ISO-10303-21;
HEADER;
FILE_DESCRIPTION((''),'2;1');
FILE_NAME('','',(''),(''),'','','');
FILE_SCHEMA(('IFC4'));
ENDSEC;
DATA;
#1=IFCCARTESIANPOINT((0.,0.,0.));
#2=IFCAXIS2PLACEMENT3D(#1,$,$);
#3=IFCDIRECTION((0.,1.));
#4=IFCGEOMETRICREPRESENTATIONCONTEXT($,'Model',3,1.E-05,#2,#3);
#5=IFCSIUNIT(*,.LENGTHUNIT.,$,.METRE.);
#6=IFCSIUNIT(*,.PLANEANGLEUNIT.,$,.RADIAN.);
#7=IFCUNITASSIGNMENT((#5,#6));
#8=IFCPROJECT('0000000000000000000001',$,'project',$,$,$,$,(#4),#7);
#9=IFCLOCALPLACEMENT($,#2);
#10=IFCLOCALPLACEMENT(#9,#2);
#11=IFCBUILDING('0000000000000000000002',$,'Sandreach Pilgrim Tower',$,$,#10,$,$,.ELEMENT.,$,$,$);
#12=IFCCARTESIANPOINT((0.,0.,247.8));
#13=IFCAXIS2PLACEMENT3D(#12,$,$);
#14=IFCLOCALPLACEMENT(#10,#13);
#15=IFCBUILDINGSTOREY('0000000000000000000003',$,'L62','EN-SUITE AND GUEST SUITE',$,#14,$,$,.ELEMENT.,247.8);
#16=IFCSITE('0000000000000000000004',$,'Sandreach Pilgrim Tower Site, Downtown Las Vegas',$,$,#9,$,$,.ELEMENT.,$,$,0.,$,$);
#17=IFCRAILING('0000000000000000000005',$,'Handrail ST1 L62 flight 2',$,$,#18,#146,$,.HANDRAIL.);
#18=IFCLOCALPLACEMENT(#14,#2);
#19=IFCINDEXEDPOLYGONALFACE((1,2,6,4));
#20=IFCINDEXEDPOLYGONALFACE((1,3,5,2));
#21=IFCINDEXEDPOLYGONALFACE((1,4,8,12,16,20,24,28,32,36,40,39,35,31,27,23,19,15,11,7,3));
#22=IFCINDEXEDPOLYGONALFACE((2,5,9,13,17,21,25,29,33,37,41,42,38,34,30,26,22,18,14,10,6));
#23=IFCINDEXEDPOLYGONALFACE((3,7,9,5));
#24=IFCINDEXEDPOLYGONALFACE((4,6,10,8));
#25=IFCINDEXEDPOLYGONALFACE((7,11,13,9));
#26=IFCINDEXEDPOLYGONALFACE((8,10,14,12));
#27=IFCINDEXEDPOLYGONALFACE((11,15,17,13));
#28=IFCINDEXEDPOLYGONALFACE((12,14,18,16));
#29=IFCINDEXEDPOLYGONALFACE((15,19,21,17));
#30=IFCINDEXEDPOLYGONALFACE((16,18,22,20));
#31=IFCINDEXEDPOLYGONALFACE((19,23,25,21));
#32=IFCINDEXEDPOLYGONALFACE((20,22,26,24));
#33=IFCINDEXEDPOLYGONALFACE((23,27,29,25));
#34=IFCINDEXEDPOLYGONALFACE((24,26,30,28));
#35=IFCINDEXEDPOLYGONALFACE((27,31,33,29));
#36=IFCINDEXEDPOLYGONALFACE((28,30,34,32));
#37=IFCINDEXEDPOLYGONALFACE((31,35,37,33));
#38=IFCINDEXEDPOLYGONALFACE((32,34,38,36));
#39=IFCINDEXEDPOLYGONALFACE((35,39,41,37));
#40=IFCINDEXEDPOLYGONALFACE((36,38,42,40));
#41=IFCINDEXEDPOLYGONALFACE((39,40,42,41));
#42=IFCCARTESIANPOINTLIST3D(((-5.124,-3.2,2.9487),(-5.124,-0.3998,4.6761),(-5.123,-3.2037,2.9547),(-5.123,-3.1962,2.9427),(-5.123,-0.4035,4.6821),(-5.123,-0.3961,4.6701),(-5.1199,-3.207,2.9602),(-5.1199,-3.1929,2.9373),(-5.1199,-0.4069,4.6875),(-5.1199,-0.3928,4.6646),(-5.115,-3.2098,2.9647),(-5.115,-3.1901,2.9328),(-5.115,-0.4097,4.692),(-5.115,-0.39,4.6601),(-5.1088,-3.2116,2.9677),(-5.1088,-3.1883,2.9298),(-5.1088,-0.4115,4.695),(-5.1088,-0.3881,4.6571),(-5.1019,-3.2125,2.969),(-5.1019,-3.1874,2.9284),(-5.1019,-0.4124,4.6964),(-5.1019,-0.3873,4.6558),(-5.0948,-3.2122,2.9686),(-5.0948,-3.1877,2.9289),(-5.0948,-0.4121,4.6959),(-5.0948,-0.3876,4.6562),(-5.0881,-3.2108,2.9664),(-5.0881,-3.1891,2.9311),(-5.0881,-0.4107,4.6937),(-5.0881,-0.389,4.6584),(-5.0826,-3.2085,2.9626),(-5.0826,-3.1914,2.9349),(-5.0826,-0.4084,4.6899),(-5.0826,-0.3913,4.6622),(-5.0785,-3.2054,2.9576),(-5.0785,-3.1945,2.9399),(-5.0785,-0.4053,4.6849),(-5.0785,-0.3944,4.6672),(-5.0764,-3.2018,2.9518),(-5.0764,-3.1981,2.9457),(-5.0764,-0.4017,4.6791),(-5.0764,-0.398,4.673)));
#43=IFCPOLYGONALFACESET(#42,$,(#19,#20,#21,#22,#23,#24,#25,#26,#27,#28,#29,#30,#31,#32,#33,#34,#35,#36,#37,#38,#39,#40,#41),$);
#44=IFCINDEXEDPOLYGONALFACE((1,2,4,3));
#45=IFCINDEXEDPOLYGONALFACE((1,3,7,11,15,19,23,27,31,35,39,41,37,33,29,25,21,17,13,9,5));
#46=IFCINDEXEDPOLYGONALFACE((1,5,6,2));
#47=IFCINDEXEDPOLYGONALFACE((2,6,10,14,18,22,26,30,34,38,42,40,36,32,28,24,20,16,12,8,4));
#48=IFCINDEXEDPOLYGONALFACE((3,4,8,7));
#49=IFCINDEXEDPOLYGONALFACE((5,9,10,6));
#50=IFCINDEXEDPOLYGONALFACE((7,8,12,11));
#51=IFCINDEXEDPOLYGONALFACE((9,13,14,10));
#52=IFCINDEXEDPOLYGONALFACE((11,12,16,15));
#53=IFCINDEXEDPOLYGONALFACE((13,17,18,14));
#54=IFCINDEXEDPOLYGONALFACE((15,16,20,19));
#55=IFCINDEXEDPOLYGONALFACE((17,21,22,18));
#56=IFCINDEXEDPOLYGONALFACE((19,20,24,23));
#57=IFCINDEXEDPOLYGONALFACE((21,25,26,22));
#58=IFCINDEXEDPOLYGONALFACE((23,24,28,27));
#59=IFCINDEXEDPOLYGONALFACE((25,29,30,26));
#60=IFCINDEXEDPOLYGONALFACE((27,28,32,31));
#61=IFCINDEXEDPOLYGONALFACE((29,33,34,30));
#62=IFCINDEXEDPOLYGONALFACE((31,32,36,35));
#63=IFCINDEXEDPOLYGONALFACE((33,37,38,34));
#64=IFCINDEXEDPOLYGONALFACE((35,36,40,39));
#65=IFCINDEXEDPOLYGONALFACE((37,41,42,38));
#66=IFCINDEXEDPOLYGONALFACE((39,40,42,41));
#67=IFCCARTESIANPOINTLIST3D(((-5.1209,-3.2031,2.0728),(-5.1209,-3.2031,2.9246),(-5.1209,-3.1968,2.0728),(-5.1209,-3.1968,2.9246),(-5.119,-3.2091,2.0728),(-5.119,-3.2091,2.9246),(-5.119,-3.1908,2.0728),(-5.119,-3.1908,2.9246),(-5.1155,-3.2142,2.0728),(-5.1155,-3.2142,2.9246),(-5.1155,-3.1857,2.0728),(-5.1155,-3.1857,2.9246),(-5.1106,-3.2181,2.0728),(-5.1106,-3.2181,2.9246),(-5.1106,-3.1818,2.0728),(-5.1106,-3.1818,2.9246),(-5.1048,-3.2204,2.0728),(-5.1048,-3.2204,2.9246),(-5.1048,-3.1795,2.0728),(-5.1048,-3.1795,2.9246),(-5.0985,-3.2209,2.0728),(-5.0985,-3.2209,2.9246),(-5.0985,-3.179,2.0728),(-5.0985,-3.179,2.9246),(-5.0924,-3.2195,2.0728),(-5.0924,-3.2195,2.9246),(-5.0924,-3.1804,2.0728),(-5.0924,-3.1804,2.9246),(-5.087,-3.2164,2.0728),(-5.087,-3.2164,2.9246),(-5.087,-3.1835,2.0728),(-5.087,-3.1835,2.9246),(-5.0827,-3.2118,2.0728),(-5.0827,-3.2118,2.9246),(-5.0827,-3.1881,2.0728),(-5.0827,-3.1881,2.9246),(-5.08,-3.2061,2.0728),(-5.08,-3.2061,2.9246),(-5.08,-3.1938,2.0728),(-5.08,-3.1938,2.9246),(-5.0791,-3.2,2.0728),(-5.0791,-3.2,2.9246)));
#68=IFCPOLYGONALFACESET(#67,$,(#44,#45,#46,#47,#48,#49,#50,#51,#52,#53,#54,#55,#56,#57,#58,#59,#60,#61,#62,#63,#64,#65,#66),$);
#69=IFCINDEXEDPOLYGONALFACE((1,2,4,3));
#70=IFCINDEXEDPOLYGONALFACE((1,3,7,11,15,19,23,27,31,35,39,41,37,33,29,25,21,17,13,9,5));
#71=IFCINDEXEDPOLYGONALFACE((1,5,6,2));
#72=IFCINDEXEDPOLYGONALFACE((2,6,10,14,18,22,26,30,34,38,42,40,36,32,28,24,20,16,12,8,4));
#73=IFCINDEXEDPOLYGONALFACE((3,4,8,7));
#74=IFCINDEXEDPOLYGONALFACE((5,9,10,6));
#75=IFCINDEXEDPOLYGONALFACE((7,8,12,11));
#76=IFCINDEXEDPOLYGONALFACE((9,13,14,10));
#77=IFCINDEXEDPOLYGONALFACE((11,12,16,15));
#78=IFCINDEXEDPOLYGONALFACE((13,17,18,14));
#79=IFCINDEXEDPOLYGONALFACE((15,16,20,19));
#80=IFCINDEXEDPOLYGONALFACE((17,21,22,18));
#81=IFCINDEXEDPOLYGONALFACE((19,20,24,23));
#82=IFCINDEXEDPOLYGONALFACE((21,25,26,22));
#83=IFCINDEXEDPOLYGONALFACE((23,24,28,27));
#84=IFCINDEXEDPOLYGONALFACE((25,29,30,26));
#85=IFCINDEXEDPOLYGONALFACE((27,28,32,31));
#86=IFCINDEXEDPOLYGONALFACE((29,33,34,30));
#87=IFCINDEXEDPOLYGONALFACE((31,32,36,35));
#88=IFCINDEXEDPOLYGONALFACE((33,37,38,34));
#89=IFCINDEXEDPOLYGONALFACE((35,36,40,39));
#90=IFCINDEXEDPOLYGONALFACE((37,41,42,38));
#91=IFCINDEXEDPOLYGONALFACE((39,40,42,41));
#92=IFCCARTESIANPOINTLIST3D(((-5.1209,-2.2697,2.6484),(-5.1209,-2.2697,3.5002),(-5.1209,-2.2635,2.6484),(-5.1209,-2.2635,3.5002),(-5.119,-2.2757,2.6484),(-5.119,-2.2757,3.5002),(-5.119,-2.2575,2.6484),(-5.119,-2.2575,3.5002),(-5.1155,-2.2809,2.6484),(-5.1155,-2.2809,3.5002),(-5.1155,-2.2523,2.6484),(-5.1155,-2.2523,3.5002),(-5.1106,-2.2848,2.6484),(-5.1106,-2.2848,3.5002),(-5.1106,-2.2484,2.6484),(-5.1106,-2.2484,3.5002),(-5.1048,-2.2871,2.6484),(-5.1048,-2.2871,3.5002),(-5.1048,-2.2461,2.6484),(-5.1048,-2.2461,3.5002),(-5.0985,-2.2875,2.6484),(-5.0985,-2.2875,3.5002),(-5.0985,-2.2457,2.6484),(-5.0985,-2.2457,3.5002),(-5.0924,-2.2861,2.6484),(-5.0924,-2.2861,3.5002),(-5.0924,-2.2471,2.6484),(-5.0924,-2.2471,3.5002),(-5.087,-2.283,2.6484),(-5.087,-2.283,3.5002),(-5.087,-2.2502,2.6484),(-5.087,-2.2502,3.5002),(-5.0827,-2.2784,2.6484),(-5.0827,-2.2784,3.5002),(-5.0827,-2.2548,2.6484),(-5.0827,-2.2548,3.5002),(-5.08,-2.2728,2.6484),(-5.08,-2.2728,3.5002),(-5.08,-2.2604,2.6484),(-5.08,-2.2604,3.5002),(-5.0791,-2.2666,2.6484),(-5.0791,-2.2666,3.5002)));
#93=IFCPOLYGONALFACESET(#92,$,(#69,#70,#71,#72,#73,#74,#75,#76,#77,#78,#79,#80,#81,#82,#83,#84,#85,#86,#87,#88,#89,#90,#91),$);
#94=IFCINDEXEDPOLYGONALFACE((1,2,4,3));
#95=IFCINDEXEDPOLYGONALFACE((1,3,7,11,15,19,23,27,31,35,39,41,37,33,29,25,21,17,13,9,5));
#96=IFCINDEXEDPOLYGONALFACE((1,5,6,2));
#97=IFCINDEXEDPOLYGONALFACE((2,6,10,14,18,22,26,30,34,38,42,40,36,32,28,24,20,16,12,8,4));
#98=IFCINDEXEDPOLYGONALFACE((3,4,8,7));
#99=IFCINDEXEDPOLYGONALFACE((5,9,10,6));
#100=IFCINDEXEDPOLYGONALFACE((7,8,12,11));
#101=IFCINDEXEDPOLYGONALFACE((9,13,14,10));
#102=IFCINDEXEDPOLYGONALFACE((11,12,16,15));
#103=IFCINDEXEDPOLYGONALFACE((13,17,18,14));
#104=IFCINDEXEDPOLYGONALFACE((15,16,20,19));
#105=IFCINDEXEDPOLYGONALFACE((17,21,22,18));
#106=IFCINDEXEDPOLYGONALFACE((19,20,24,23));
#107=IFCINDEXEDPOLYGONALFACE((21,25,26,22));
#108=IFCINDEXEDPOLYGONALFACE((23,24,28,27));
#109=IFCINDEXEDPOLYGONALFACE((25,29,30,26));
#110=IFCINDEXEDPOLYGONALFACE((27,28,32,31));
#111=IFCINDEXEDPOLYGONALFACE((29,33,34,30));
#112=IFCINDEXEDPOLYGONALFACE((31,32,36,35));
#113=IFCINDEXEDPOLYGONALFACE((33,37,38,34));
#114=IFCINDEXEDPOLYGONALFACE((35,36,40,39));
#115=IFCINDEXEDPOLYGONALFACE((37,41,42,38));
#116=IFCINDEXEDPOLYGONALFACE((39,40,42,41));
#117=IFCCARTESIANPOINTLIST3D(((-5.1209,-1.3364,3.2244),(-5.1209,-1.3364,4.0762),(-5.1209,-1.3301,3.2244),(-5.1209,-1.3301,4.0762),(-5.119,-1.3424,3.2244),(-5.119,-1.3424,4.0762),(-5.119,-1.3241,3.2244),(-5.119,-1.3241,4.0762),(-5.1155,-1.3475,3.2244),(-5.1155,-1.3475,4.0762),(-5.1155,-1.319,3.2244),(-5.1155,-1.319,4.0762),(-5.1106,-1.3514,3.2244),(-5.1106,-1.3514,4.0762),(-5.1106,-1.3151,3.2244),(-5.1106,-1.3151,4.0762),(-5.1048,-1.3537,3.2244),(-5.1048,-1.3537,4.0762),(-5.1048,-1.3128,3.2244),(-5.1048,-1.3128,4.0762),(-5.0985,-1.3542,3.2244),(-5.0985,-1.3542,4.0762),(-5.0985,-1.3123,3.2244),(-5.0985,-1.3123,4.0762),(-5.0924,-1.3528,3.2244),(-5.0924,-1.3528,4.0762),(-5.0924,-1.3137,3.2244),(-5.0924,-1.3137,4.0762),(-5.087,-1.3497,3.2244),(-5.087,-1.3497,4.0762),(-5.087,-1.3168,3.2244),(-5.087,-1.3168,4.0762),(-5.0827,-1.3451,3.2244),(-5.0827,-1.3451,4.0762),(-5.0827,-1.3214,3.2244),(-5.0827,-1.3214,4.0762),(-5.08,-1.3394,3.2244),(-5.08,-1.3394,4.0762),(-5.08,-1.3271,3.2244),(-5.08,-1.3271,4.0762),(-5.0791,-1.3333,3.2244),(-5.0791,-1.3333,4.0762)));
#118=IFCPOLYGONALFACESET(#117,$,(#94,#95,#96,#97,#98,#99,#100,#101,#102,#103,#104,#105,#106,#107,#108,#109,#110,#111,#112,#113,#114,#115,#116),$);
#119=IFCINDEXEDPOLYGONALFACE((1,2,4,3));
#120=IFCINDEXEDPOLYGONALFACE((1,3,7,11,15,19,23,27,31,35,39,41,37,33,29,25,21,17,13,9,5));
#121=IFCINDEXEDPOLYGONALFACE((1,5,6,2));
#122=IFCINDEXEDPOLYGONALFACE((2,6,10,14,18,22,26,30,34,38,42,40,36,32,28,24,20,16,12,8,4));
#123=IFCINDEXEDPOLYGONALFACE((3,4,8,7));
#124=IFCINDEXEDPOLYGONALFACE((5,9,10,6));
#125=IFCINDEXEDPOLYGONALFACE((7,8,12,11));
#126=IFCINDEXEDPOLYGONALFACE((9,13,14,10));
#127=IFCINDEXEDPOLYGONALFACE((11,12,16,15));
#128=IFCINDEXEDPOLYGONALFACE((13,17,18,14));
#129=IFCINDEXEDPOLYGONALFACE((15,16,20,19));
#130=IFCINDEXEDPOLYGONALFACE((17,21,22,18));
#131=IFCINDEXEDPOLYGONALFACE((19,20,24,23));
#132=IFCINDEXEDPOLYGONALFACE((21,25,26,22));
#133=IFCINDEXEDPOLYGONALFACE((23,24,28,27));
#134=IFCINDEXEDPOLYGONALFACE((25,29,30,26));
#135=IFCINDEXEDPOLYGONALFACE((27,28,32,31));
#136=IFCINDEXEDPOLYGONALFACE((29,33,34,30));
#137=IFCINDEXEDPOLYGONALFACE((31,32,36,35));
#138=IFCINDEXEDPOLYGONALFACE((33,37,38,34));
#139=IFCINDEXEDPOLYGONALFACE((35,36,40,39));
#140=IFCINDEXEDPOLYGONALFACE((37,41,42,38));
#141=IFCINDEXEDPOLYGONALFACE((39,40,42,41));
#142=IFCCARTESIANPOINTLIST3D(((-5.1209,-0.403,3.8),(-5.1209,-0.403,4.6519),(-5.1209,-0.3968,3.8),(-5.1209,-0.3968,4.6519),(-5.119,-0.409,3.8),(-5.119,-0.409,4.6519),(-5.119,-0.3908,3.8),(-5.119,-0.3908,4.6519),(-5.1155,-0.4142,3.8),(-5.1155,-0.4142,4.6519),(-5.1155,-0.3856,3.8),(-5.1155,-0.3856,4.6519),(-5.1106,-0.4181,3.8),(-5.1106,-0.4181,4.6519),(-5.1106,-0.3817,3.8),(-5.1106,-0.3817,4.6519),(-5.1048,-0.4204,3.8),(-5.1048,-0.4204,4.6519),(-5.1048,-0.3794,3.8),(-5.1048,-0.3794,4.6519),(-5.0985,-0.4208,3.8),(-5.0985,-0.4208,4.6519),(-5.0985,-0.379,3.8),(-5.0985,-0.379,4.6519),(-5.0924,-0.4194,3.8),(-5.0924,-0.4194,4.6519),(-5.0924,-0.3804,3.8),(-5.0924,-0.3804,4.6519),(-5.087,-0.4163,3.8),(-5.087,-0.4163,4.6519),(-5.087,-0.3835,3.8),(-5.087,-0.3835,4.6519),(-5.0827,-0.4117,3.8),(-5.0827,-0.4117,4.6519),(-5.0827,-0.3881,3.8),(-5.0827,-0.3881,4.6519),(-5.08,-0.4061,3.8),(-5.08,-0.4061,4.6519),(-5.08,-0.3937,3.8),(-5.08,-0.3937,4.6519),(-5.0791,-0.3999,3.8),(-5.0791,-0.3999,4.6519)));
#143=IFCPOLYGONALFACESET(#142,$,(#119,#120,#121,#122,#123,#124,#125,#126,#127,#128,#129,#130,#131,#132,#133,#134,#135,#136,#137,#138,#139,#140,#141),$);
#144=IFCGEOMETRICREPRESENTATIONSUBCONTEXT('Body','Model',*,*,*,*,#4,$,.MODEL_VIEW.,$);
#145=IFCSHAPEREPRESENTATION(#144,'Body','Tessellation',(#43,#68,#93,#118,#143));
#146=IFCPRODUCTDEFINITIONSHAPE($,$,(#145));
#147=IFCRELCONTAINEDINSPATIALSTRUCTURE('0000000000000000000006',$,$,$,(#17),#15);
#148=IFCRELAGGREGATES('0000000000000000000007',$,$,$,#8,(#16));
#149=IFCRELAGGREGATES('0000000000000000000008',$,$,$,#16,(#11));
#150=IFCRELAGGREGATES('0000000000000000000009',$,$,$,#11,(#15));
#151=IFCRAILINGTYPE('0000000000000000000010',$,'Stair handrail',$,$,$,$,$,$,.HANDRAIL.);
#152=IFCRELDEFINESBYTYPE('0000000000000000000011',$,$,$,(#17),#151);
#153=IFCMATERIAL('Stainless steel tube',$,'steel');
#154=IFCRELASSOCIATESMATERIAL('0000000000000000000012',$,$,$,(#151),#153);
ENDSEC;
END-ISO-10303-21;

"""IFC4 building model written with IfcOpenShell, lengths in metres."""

from ifc_helpers import new_model, si_unit, direction, frame, origin, origin_2d, place, context, subcontext, project, spatial, circle, extrude, material, type_object, element, save


model = new_model("IFC4")

# Units and contexts
model_context = context("Model", 3, precision=1e-05, world=origin(), true_north=direction((0.0, 1.0)))
body_context = subcontext(model_context, "Body", "Model", "MODEL_VIEW")
ifc_project = project(units=[si_unit("LENGTHUNIT", "METRE"), si_unit("PLANEANGLEUNIT", "RADIAN")], contexts=[model_context])

# Site, building, storey
site_placement = place(None, origin())
site = spatial("IfcSite", under=ifc_project, at=site_placement, Name="Sandreach Pilgrim Tower Site, Downtown Las Vegas", CompositionType="ELEMENT", RefElevation=0.0)
building_placement = place(site_placement, origin())
building = spatial("IfcBuilding", under=site, at=building_placement, Name="Sandreach Pilgrim Tower", CompositionType="ELEMENT")
storey_placement = place(building_placement, frame((0.0, 0.0, 247.8)))
storey = spatial("IfcBuildingStorey", under=building, at=storey_placement, Name="L62", Description="EN-SUITE AND GUEST SUITE", CompositionType="ELEMENT", Elevation=247.8)

# Railing
ifc_material_1 = material(Name="Stainless steel tube", Category="steel")
railing_type = type_object("IfcRailingType", Name="Stair handrail", PredefinedType="HANDRAIL", material=ifc_material_1)
for number, where, name in (
    (1, (-5.1001, -3.2, 2.0728), "Handrail ST1 L62 flight 2"),
):
    element("IfcRailing", number, at=place(storey_placement, frame(where)), inside=storey, type_object=railing_type, Name=name, PredefinedType="HANDRAIL", context=body_context, shape_type="SweptSolid", body=[
        extrude(circle(Radius=0.0239, at=origin_2d()), frame((0.0, 0.0, 0.876), z_axis=(0.0, 0.85109, 0.52502), x_axis=(-1.0, 0.0, 0.0)), (0.0, 0.0, 1.0), 3.29),
        extrude(circle(Radius=0.021, at=origin_2d()), origin(), (0.0, 0.0, 1.0), 0.8518),
        extrude(circle(Radius=0.021, at=origin_2d()), frame((0.0, 0.9333, 0.5757)), (0.0, 0.0, 1.0), 0.8518),
        extrude(circle(Radius=0.021, at=origin_2d()), frame((0.0, 1.8667, 1.1516)), (0.0, 0.0, 1.0), 0.8518),
        extrude(circle(Radius=0.021, at=origin_2d()), frame((0.0, 2.8, 1.7273)), (0.0, 0.0, 1.0), 0.8518),
    ])

save(model, "model.ifc")
